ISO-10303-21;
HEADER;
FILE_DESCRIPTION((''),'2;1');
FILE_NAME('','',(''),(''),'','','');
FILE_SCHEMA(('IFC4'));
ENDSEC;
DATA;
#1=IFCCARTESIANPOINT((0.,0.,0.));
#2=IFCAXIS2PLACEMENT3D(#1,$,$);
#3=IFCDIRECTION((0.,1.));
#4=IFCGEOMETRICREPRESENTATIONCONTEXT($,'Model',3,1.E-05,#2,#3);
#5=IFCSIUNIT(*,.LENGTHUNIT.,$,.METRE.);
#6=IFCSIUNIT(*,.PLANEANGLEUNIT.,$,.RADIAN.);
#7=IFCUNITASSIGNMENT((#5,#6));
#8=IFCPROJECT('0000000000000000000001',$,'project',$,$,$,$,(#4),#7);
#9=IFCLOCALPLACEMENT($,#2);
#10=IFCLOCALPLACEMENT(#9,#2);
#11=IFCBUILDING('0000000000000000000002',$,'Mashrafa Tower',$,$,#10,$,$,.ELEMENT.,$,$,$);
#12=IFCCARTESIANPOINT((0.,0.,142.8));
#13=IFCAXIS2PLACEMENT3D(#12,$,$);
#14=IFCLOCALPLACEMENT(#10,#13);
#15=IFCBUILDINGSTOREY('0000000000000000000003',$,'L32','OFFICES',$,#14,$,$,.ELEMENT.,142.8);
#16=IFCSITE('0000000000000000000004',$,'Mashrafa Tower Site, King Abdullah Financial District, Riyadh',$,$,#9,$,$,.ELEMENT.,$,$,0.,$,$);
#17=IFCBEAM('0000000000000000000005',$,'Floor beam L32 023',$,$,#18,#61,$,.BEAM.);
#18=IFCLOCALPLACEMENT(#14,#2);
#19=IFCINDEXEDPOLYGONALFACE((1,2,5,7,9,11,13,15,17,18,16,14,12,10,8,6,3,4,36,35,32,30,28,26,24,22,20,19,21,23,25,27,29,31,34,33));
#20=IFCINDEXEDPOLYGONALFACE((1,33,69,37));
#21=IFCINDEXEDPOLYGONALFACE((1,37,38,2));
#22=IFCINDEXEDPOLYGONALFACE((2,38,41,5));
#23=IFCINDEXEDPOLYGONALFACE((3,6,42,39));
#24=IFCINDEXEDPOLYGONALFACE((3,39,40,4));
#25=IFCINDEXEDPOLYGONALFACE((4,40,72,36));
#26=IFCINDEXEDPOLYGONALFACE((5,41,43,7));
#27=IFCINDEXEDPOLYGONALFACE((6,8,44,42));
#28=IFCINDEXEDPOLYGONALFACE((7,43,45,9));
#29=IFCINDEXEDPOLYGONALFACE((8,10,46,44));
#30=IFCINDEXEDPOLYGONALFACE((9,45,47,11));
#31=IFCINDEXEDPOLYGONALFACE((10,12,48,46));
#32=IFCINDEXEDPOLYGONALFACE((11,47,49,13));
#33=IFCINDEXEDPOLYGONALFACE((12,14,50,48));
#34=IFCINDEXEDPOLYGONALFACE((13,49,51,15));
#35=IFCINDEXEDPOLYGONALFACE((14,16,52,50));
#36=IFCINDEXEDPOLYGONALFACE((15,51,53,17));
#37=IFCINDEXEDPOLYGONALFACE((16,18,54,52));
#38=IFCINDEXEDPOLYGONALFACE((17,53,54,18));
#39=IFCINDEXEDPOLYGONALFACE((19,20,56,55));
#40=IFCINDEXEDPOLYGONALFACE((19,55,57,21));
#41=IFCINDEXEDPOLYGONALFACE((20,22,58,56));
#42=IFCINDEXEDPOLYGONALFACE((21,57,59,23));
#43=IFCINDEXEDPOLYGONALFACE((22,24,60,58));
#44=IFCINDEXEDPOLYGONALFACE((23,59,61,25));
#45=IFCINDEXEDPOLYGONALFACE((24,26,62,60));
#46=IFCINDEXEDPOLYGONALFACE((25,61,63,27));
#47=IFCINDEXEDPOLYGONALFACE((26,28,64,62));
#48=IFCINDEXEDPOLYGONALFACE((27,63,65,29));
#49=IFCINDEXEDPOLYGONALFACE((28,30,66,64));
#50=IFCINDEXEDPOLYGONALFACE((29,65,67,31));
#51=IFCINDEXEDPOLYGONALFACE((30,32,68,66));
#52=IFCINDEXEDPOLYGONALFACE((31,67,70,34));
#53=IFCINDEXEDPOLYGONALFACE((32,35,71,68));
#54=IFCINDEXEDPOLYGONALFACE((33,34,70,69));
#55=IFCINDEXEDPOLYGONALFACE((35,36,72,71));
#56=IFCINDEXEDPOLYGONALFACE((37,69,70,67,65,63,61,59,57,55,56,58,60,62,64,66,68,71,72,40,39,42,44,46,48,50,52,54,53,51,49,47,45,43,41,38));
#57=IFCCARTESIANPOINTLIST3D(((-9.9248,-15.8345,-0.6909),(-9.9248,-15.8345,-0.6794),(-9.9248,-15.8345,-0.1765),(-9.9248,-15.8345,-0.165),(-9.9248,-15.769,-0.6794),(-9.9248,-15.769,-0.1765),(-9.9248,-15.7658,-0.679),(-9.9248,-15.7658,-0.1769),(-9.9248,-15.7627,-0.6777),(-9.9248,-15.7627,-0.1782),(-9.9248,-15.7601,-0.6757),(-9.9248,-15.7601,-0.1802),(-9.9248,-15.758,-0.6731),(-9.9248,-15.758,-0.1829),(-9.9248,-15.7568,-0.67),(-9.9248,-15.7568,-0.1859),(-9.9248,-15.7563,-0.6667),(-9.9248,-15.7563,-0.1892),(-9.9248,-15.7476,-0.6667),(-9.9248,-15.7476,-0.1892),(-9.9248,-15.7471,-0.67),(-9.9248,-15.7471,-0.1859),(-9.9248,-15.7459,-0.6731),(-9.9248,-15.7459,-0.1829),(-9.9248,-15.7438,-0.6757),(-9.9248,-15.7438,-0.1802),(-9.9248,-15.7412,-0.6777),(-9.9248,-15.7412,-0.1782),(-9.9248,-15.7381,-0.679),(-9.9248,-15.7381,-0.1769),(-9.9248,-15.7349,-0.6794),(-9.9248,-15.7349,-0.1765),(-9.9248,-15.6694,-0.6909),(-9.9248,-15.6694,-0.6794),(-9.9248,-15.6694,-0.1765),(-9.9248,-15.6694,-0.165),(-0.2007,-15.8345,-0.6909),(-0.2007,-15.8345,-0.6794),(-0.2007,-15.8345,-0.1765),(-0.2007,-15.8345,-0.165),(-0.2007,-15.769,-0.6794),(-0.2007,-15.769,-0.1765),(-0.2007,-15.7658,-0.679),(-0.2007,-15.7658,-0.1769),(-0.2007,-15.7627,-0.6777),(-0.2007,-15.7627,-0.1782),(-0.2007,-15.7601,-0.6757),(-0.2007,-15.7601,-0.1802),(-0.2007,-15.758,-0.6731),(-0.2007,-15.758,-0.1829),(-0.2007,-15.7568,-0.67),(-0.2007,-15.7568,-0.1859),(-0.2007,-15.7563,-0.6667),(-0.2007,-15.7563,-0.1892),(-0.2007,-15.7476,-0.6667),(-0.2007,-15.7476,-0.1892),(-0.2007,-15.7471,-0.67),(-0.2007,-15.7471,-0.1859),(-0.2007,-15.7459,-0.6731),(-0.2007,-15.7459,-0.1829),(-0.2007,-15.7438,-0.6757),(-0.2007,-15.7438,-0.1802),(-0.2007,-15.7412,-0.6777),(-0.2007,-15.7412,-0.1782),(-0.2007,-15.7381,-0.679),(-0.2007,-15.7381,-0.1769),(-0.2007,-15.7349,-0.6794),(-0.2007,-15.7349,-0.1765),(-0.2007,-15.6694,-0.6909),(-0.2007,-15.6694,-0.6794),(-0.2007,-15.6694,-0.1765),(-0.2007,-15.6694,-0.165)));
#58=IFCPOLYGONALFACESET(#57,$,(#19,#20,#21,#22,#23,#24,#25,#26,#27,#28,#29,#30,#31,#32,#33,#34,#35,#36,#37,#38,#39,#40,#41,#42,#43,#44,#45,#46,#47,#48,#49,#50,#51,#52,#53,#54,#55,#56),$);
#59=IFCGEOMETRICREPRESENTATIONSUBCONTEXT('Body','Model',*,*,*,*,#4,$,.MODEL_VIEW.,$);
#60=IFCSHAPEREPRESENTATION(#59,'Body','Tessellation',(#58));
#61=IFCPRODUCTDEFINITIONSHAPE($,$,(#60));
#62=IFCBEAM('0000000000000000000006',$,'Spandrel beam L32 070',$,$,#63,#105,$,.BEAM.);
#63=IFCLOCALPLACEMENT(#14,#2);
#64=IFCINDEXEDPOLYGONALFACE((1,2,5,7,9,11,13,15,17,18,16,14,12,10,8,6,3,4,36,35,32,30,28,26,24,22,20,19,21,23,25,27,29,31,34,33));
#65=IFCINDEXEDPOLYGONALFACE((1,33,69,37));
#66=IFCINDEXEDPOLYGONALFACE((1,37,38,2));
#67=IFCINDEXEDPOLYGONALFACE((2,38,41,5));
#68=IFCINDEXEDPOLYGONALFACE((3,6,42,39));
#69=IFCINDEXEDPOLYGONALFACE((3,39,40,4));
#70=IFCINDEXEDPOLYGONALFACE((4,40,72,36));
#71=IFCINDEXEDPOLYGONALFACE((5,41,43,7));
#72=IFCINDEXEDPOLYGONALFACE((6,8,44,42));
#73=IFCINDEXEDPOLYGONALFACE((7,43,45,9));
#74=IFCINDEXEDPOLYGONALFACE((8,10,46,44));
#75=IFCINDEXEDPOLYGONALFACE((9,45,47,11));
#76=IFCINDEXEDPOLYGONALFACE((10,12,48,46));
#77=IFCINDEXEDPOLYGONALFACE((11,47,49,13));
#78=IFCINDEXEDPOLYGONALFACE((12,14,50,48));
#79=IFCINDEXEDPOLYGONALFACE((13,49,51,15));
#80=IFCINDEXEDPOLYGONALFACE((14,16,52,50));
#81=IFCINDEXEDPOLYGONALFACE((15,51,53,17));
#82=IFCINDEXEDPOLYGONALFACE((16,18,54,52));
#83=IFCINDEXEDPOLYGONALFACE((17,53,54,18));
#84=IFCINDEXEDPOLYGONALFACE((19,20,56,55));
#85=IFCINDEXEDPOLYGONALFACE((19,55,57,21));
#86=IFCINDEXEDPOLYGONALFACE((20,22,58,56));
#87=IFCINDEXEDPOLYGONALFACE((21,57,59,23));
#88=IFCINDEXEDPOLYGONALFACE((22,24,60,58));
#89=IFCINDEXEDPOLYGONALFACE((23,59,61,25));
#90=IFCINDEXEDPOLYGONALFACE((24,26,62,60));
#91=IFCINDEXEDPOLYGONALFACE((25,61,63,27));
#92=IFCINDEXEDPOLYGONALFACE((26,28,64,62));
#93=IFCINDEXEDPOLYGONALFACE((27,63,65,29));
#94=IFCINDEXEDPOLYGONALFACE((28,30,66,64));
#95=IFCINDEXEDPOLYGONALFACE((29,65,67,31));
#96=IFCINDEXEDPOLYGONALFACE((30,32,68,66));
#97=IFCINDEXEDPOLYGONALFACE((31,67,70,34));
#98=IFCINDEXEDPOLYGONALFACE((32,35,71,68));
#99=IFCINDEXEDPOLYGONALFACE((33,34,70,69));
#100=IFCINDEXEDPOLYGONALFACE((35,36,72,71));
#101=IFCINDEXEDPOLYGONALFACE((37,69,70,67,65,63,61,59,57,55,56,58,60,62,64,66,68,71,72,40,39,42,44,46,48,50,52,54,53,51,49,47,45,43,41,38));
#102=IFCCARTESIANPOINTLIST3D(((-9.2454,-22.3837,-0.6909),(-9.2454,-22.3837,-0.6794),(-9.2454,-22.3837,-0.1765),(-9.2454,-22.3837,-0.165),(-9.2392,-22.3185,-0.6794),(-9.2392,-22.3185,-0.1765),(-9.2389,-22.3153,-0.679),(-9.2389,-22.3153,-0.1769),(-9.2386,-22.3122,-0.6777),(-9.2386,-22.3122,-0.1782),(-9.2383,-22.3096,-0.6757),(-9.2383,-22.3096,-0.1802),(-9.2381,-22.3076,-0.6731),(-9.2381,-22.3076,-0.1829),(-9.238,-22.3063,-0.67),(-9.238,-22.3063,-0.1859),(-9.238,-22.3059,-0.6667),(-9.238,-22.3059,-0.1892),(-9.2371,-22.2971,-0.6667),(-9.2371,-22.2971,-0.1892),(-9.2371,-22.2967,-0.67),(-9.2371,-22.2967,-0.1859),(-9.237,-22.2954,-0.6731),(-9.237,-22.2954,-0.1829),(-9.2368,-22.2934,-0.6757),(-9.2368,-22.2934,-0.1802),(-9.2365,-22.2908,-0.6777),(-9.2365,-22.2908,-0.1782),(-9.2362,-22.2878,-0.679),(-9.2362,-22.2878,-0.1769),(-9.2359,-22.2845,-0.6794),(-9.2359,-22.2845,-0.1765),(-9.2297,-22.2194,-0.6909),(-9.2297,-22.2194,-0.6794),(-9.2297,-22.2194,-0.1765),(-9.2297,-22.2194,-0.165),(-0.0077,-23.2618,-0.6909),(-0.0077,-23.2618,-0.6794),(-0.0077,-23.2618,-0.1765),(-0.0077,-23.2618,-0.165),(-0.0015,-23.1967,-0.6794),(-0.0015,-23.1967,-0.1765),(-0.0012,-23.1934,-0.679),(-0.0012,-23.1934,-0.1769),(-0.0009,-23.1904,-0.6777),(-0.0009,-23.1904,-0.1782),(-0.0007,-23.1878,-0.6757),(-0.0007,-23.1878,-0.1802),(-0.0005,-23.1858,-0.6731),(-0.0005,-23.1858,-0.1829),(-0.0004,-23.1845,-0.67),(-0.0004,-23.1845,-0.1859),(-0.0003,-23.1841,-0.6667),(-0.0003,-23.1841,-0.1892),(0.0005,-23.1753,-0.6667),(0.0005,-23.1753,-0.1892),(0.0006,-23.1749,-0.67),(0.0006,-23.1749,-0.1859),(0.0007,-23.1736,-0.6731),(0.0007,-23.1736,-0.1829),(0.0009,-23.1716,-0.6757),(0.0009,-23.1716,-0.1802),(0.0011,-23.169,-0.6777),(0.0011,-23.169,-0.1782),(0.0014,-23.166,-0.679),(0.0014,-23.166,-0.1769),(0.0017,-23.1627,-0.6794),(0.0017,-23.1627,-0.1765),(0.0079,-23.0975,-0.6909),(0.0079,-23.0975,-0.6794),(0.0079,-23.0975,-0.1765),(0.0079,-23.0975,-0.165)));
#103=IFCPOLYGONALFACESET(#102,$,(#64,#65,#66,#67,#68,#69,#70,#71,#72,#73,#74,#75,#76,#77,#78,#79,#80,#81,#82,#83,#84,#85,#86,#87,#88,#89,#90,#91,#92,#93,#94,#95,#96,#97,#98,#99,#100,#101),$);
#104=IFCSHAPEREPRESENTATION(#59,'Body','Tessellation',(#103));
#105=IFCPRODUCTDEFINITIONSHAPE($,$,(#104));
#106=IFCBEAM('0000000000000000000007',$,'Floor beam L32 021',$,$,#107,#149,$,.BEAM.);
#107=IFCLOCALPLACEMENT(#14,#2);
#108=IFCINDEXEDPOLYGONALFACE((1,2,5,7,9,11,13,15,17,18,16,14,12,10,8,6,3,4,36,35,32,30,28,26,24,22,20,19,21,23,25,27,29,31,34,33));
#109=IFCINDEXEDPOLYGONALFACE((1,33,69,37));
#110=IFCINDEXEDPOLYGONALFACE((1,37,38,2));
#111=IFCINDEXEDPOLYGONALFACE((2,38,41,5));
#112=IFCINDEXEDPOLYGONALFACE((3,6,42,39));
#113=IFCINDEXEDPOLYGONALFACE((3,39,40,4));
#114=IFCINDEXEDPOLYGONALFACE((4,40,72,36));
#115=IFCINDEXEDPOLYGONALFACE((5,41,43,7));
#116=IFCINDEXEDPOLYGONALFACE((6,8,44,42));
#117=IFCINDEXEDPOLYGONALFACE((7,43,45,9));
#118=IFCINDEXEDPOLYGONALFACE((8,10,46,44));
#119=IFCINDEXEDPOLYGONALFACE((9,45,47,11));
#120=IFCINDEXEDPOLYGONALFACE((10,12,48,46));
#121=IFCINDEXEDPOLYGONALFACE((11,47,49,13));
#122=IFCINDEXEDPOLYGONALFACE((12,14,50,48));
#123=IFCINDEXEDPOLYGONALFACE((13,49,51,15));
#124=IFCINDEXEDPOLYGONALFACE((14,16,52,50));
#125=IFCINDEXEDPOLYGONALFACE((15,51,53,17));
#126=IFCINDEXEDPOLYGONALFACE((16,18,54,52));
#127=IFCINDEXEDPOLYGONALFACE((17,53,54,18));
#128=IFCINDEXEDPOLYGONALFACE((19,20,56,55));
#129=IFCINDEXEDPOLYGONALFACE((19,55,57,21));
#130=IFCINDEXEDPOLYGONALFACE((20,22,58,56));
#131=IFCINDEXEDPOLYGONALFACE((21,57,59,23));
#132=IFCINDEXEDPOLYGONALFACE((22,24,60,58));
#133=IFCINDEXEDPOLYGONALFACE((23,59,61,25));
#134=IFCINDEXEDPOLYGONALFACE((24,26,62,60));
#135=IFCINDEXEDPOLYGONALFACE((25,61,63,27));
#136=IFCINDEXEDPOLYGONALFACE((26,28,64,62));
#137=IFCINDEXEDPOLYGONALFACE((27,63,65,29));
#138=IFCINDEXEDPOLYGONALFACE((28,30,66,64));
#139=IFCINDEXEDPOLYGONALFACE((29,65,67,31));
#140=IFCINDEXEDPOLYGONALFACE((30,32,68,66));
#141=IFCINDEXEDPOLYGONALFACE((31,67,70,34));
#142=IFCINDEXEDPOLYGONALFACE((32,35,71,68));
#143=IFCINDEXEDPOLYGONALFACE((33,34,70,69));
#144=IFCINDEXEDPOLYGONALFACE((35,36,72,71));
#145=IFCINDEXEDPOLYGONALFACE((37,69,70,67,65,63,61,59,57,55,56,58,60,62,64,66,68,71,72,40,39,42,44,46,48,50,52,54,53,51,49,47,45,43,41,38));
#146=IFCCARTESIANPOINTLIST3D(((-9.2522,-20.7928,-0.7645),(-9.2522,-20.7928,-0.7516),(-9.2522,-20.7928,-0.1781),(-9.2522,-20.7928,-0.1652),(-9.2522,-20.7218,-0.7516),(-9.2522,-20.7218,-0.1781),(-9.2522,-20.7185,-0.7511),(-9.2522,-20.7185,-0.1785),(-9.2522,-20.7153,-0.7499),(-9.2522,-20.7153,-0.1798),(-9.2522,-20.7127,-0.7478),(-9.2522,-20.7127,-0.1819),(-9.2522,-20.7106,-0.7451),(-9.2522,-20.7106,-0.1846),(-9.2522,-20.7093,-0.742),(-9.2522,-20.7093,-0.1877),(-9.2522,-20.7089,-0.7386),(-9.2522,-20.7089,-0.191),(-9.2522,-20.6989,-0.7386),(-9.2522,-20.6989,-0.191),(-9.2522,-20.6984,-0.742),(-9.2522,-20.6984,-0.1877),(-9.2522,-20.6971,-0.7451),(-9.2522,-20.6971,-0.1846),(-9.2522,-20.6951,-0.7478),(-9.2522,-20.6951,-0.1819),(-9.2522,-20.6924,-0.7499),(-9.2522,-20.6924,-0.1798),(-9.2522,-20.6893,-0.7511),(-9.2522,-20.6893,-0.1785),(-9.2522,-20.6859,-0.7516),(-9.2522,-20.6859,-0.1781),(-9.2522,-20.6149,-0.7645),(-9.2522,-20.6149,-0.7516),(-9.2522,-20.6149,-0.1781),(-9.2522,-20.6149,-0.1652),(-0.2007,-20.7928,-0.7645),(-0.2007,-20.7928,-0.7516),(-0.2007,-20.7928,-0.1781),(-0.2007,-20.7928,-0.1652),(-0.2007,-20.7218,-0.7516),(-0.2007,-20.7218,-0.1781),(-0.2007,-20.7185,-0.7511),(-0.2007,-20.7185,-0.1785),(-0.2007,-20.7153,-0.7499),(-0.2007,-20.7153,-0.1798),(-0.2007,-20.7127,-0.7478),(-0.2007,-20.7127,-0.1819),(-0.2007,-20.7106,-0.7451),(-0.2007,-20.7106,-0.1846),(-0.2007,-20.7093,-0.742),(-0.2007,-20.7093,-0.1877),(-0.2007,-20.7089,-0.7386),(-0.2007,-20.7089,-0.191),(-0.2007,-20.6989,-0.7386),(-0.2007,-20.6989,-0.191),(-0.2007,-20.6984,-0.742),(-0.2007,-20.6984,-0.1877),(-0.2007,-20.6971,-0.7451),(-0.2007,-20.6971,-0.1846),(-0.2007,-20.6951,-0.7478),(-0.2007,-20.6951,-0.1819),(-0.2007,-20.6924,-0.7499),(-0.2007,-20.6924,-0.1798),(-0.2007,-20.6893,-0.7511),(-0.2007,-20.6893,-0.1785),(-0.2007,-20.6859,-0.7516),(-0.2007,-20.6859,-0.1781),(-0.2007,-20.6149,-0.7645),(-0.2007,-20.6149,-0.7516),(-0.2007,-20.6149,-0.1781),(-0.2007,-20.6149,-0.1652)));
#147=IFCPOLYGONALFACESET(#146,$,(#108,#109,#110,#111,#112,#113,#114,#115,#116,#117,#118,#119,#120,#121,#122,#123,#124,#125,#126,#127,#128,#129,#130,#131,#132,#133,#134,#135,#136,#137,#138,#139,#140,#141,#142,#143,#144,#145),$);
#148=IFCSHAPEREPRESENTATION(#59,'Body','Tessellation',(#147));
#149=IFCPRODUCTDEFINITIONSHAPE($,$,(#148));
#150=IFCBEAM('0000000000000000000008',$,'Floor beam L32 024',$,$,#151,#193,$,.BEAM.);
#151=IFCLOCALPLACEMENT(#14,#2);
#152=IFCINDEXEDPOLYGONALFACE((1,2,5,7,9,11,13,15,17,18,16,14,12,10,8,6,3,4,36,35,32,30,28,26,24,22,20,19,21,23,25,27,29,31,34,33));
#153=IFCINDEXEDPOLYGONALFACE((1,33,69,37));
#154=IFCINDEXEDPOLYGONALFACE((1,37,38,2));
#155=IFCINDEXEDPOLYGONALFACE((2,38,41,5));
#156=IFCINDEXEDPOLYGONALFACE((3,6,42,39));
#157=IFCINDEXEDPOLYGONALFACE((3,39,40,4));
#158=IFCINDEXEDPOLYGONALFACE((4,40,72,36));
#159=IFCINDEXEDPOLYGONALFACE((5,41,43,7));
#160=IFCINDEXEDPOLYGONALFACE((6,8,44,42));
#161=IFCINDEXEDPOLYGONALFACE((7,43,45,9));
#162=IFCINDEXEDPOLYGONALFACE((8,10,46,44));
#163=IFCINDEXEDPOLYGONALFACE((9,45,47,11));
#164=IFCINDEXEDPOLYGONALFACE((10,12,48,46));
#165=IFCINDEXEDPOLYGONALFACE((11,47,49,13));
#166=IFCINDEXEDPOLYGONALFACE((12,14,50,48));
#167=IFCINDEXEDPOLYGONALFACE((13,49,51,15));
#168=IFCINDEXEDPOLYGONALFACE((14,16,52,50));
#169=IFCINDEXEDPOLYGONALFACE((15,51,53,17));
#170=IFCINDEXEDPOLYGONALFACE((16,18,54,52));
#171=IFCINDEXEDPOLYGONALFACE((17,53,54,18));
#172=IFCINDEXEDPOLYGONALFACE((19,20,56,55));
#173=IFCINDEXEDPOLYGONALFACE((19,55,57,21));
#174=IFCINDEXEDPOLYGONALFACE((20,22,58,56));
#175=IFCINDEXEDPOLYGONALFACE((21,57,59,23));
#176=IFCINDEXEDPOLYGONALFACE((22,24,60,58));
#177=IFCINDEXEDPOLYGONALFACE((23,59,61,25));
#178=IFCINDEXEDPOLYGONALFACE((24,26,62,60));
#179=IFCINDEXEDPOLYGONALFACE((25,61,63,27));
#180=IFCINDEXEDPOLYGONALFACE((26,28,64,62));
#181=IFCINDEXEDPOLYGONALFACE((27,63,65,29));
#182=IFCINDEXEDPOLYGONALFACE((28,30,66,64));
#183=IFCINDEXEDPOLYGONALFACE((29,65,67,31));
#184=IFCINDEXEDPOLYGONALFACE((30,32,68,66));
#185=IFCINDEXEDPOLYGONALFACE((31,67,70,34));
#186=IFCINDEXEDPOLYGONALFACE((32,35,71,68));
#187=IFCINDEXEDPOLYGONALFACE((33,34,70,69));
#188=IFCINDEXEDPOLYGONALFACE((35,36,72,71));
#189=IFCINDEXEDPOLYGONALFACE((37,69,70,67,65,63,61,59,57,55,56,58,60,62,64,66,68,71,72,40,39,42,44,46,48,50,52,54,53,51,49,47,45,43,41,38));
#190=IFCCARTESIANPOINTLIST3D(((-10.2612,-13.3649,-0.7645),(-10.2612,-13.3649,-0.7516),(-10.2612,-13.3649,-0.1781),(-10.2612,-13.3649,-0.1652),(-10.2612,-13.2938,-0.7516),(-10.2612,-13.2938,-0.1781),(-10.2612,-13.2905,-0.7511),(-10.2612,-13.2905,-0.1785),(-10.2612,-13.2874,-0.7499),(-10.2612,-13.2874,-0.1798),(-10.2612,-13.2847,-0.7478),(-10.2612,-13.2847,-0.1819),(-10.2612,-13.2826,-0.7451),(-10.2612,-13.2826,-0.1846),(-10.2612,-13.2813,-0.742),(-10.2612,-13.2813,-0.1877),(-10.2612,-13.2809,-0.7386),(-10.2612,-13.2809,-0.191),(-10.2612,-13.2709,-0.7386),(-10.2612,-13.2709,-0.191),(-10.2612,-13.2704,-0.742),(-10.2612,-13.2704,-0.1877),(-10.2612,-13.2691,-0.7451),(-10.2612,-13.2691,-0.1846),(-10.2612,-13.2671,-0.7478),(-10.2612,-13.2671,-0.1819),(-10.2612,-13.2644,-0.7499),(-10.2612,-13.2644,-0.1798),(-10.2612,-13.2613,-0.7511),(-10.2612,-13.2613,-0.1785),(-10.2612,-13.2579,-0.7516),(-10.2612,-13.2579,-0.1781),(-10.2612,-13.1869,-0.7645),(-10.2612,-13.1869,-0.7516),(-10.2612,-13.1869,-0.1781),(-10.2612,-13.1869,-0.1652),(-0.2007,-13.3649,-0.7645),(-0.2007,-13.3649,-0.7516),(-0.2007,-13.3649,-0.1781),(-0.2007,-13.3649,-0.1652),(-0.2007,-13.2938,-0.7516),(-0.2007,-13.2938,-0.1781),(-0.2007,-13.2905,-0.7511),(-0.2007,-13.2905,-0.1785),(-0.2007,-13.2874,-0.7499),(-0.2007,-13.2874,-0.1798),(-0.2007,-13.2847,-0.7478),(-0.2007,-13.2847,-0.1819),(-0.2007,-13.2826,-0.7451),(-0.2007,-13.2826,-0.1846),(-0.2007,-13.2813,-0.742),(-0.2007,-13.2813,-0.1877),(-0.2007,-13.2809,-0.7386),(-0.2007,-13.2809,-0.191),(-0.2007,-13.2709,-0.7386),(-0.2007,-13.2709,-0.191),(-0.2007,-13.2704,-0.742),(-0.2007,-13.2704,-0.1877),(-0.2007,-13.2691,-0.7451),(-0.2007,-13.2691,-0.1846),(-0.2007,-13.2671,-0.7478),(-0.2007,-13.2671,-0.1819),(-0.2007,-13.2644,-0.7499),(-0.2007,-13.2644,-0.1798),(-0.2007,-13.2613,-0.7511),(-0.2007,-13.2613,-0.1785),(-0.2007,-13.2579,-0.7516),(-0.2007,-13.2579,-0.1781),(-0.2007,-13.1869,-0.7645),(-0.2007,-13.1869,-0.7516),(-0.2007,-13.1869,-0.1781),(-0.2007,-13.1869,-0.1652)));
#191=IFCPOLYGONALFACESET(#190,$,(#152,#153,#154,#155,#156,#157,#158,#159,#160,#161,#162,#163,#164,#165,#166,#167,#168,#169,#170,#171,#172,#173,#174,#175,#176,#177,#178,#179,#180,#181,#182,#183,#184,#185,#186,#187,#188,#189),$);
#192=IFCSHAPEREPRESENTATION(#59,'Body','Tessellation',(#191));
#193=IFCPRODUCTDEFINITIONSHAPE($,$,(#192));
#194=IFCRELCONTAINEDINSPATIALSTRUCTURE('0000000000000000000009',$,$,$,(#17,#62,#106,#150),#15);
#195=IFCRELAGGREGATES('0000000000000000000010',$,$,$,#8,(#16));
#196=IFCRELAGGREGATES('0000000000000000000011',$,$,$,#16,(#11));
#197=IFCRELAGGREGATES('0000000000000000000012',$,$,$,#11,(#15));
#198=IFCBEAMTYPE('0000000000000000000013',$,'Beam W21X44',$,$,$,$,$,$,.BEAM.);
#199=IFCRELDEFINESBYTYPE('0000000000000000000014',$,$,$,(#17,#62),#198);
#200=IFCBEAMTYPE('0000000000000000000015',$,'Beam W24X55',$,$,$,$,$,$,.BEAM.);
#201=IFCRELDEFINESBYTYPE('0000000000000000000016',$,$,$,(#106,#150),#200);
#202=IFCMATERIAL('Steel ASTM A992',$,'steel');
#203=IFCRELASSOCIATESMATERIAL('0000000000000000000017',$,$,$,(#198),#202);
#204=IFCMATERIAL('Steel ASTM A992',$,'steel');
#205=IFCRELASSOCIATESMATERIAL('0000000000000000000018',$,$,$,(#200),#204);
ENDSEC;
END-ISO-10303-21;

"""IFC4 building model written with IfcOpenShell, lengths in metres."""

from ifc_helpers import new_model, si_unit, direction, frame, origin, origin_2d, place, context, subcontext, project, spatial, i_section, extrude, material, material_profile, profile_set, type_object, element, save


model = new_model("IFC4")

# Units and contexts
model_context = context("Model", 3, precision=1e-05, world=origin(), true_north=direction((0.0, 1.0)))
body_context = subcontext(model_context, "Body", "Model", "MODEL_VIEW")
ifc_project = project(units=[si_unit("LENGTHUNIT", "METRE"), si_unit("PLANEANGLEUNIT", "RADIAN")], contexts=[model_context])

# Site, building, storey
site_placement = place(None, origin())
site = spatial("IfcSite", under=ifc_project, at=site_placement, Name="Mashrafa Tower Site, King Abdullah Financial District, Riyadh", CompositionType="ELEMENT", RefElevation=0.0)
building_placement = place(site_placement, origin())
building = spatial("IfcBuilding", under=site, at=building_placement, Name="Mashrafa Tower", CompositionType="ELEMENT")
storey_placement = place(building_placement, frame((0.0, 0.0, 142.8)))
storey = spatial("IfcBuildingStorey", under=building, at=storey_placement, Name="L32", Description="OFFICES", CompositionType="ELEMENT", Elevation=142.8)

# Beams
ifc_material_1 = material(Name="Steel ASTM A992", Category="steel")
ifc_material_profile_1 = material_profile(ifc_material_1, i_section(OverallWidth=0.165, OverallDepth=0.5259, WebThickness=0.0088, FlangeThickness=0.0115, FilletRadius=0.0127, at=origin_2d()), Name="W21X44")
ifc_profile_set_1 = profile_set([ifc_material_profile_1], Name="Steel ASTM A992")
beam_type_1 = type_object("IfcBeamType", Name="Beam W21X44", PredefinedType="BEAM", material=ifc_profile_set_1)
beam_1_placement = place(storey_placement, frame((-0.2007, -15.752, -0.428), z_axis=(-1.0, 0.0, 0.0), x_axis=(0.0, -1.0, 0.0)))
element("IfcBeam", 1, at=beam_1_placement, inside=storey, type_object=beam_type_1, Name="Floor beam L32 023", PredefinedType="BEAM", context=body_context, shape_type="SweptSolid", body=[
    extrude(i_section(OverallWidth=0.165, OverallDepth=0.5259, WebThickness=0.0088, FlangeThickness=0.0115, FilletRadius=0.0127, at=origin_2d()), origin(), (0.0, 0.0, 1.0), 9.7241),
])
beam_2_placement = place(storey_placement, frame((-9.2375, -22.3015, -0.428), z_axis=(0.995512, -0.094639, 0.0), x_axis=(0.094639, 0.995512, 0.0)))
element("IfcBeam", 2, at=beam_2_placement, inside=storey, type_object=beam_type_1, Name="Spandrel beam L32 070", PredefinedType="BEAM", context=body_context, shape_type="SweptSolid", body=[
    extrude(i_section(OverallWidth=0.165, OverallDepth=0.5259, WebThickness=0.0088, FlangeThickness=0.0115, FilletRadius=0.0127, at=origin_2d()), origin(), (0.0, 0.0, 1.0), 9.2793),
])
ifc_material_2 = material(Name="Steel ASTM A992", Category="steel")
ifc_material_profile_2 = material_profile(ifc_material_2, i_section(OverallWidth=0.178, OverallDepth=0.5994, WebThickness=0.01, FlangeThickness=0.0129, FilletRadius=0.0129, at=origin_2d()), Name="W24X55")
ifc_profile_set_2 = profile_set([ifc_material_profile_2], Name="Steel ASTM A992")
beam_type_2 = type_object("IfcBeamType", Name="Beam W24X55", PredefinedType="BEAM", material=ifc_profile_set_2)
beam_3_placement = place(storey_placement, frame((-0.2007, -20.7039, -0.4648), z_axis=(-1.0, 0.0, 0.0), x_axis=(0.0, -1.0, 0.0)))
element("IfcBeam", 3, at=beam_3_placement, inside=storey, type_object=beam_type_2, Name="Floor beam L32 021", PredefinedType="BEAM", context=body_context, shape_type="SweptSolid", body=[
    extrude(i_section(OverallWidth=0.178, OverallDepth=0.5994, WebThickness=0.01, FlangeThickness=0.0129, FilletRadius=0.0129, at=origin_2d()), origin(), (0.0, 0.0, 1.0), 9.0515),
])
beam_4_placement = place(storey_placement, frame((-0.2007, -13.2759, -0.4648), z_axis=(-1.0, 0.0, 0.0), x_axis=(0.0, -1.0, 0.0)))
element("IfcBeam", 4, at=beam_4_placement, inside=storey, type_object=beam_type_2, Name="Floor beam L32 024", PredefinedType="BEAM", context=body_context, shape_type="SweptSolid", body=[
    extrude(i_section(OverallWidth=0.178, OverallDepth=0.5994, WebThickness=0.01, FlangeThickness=0.0129, FilletRadius=0.0129, at=origin_2d()), origin(), (0.0, 0.0, 1.0), 10.0605),
])

save(model, "model.ifc")
